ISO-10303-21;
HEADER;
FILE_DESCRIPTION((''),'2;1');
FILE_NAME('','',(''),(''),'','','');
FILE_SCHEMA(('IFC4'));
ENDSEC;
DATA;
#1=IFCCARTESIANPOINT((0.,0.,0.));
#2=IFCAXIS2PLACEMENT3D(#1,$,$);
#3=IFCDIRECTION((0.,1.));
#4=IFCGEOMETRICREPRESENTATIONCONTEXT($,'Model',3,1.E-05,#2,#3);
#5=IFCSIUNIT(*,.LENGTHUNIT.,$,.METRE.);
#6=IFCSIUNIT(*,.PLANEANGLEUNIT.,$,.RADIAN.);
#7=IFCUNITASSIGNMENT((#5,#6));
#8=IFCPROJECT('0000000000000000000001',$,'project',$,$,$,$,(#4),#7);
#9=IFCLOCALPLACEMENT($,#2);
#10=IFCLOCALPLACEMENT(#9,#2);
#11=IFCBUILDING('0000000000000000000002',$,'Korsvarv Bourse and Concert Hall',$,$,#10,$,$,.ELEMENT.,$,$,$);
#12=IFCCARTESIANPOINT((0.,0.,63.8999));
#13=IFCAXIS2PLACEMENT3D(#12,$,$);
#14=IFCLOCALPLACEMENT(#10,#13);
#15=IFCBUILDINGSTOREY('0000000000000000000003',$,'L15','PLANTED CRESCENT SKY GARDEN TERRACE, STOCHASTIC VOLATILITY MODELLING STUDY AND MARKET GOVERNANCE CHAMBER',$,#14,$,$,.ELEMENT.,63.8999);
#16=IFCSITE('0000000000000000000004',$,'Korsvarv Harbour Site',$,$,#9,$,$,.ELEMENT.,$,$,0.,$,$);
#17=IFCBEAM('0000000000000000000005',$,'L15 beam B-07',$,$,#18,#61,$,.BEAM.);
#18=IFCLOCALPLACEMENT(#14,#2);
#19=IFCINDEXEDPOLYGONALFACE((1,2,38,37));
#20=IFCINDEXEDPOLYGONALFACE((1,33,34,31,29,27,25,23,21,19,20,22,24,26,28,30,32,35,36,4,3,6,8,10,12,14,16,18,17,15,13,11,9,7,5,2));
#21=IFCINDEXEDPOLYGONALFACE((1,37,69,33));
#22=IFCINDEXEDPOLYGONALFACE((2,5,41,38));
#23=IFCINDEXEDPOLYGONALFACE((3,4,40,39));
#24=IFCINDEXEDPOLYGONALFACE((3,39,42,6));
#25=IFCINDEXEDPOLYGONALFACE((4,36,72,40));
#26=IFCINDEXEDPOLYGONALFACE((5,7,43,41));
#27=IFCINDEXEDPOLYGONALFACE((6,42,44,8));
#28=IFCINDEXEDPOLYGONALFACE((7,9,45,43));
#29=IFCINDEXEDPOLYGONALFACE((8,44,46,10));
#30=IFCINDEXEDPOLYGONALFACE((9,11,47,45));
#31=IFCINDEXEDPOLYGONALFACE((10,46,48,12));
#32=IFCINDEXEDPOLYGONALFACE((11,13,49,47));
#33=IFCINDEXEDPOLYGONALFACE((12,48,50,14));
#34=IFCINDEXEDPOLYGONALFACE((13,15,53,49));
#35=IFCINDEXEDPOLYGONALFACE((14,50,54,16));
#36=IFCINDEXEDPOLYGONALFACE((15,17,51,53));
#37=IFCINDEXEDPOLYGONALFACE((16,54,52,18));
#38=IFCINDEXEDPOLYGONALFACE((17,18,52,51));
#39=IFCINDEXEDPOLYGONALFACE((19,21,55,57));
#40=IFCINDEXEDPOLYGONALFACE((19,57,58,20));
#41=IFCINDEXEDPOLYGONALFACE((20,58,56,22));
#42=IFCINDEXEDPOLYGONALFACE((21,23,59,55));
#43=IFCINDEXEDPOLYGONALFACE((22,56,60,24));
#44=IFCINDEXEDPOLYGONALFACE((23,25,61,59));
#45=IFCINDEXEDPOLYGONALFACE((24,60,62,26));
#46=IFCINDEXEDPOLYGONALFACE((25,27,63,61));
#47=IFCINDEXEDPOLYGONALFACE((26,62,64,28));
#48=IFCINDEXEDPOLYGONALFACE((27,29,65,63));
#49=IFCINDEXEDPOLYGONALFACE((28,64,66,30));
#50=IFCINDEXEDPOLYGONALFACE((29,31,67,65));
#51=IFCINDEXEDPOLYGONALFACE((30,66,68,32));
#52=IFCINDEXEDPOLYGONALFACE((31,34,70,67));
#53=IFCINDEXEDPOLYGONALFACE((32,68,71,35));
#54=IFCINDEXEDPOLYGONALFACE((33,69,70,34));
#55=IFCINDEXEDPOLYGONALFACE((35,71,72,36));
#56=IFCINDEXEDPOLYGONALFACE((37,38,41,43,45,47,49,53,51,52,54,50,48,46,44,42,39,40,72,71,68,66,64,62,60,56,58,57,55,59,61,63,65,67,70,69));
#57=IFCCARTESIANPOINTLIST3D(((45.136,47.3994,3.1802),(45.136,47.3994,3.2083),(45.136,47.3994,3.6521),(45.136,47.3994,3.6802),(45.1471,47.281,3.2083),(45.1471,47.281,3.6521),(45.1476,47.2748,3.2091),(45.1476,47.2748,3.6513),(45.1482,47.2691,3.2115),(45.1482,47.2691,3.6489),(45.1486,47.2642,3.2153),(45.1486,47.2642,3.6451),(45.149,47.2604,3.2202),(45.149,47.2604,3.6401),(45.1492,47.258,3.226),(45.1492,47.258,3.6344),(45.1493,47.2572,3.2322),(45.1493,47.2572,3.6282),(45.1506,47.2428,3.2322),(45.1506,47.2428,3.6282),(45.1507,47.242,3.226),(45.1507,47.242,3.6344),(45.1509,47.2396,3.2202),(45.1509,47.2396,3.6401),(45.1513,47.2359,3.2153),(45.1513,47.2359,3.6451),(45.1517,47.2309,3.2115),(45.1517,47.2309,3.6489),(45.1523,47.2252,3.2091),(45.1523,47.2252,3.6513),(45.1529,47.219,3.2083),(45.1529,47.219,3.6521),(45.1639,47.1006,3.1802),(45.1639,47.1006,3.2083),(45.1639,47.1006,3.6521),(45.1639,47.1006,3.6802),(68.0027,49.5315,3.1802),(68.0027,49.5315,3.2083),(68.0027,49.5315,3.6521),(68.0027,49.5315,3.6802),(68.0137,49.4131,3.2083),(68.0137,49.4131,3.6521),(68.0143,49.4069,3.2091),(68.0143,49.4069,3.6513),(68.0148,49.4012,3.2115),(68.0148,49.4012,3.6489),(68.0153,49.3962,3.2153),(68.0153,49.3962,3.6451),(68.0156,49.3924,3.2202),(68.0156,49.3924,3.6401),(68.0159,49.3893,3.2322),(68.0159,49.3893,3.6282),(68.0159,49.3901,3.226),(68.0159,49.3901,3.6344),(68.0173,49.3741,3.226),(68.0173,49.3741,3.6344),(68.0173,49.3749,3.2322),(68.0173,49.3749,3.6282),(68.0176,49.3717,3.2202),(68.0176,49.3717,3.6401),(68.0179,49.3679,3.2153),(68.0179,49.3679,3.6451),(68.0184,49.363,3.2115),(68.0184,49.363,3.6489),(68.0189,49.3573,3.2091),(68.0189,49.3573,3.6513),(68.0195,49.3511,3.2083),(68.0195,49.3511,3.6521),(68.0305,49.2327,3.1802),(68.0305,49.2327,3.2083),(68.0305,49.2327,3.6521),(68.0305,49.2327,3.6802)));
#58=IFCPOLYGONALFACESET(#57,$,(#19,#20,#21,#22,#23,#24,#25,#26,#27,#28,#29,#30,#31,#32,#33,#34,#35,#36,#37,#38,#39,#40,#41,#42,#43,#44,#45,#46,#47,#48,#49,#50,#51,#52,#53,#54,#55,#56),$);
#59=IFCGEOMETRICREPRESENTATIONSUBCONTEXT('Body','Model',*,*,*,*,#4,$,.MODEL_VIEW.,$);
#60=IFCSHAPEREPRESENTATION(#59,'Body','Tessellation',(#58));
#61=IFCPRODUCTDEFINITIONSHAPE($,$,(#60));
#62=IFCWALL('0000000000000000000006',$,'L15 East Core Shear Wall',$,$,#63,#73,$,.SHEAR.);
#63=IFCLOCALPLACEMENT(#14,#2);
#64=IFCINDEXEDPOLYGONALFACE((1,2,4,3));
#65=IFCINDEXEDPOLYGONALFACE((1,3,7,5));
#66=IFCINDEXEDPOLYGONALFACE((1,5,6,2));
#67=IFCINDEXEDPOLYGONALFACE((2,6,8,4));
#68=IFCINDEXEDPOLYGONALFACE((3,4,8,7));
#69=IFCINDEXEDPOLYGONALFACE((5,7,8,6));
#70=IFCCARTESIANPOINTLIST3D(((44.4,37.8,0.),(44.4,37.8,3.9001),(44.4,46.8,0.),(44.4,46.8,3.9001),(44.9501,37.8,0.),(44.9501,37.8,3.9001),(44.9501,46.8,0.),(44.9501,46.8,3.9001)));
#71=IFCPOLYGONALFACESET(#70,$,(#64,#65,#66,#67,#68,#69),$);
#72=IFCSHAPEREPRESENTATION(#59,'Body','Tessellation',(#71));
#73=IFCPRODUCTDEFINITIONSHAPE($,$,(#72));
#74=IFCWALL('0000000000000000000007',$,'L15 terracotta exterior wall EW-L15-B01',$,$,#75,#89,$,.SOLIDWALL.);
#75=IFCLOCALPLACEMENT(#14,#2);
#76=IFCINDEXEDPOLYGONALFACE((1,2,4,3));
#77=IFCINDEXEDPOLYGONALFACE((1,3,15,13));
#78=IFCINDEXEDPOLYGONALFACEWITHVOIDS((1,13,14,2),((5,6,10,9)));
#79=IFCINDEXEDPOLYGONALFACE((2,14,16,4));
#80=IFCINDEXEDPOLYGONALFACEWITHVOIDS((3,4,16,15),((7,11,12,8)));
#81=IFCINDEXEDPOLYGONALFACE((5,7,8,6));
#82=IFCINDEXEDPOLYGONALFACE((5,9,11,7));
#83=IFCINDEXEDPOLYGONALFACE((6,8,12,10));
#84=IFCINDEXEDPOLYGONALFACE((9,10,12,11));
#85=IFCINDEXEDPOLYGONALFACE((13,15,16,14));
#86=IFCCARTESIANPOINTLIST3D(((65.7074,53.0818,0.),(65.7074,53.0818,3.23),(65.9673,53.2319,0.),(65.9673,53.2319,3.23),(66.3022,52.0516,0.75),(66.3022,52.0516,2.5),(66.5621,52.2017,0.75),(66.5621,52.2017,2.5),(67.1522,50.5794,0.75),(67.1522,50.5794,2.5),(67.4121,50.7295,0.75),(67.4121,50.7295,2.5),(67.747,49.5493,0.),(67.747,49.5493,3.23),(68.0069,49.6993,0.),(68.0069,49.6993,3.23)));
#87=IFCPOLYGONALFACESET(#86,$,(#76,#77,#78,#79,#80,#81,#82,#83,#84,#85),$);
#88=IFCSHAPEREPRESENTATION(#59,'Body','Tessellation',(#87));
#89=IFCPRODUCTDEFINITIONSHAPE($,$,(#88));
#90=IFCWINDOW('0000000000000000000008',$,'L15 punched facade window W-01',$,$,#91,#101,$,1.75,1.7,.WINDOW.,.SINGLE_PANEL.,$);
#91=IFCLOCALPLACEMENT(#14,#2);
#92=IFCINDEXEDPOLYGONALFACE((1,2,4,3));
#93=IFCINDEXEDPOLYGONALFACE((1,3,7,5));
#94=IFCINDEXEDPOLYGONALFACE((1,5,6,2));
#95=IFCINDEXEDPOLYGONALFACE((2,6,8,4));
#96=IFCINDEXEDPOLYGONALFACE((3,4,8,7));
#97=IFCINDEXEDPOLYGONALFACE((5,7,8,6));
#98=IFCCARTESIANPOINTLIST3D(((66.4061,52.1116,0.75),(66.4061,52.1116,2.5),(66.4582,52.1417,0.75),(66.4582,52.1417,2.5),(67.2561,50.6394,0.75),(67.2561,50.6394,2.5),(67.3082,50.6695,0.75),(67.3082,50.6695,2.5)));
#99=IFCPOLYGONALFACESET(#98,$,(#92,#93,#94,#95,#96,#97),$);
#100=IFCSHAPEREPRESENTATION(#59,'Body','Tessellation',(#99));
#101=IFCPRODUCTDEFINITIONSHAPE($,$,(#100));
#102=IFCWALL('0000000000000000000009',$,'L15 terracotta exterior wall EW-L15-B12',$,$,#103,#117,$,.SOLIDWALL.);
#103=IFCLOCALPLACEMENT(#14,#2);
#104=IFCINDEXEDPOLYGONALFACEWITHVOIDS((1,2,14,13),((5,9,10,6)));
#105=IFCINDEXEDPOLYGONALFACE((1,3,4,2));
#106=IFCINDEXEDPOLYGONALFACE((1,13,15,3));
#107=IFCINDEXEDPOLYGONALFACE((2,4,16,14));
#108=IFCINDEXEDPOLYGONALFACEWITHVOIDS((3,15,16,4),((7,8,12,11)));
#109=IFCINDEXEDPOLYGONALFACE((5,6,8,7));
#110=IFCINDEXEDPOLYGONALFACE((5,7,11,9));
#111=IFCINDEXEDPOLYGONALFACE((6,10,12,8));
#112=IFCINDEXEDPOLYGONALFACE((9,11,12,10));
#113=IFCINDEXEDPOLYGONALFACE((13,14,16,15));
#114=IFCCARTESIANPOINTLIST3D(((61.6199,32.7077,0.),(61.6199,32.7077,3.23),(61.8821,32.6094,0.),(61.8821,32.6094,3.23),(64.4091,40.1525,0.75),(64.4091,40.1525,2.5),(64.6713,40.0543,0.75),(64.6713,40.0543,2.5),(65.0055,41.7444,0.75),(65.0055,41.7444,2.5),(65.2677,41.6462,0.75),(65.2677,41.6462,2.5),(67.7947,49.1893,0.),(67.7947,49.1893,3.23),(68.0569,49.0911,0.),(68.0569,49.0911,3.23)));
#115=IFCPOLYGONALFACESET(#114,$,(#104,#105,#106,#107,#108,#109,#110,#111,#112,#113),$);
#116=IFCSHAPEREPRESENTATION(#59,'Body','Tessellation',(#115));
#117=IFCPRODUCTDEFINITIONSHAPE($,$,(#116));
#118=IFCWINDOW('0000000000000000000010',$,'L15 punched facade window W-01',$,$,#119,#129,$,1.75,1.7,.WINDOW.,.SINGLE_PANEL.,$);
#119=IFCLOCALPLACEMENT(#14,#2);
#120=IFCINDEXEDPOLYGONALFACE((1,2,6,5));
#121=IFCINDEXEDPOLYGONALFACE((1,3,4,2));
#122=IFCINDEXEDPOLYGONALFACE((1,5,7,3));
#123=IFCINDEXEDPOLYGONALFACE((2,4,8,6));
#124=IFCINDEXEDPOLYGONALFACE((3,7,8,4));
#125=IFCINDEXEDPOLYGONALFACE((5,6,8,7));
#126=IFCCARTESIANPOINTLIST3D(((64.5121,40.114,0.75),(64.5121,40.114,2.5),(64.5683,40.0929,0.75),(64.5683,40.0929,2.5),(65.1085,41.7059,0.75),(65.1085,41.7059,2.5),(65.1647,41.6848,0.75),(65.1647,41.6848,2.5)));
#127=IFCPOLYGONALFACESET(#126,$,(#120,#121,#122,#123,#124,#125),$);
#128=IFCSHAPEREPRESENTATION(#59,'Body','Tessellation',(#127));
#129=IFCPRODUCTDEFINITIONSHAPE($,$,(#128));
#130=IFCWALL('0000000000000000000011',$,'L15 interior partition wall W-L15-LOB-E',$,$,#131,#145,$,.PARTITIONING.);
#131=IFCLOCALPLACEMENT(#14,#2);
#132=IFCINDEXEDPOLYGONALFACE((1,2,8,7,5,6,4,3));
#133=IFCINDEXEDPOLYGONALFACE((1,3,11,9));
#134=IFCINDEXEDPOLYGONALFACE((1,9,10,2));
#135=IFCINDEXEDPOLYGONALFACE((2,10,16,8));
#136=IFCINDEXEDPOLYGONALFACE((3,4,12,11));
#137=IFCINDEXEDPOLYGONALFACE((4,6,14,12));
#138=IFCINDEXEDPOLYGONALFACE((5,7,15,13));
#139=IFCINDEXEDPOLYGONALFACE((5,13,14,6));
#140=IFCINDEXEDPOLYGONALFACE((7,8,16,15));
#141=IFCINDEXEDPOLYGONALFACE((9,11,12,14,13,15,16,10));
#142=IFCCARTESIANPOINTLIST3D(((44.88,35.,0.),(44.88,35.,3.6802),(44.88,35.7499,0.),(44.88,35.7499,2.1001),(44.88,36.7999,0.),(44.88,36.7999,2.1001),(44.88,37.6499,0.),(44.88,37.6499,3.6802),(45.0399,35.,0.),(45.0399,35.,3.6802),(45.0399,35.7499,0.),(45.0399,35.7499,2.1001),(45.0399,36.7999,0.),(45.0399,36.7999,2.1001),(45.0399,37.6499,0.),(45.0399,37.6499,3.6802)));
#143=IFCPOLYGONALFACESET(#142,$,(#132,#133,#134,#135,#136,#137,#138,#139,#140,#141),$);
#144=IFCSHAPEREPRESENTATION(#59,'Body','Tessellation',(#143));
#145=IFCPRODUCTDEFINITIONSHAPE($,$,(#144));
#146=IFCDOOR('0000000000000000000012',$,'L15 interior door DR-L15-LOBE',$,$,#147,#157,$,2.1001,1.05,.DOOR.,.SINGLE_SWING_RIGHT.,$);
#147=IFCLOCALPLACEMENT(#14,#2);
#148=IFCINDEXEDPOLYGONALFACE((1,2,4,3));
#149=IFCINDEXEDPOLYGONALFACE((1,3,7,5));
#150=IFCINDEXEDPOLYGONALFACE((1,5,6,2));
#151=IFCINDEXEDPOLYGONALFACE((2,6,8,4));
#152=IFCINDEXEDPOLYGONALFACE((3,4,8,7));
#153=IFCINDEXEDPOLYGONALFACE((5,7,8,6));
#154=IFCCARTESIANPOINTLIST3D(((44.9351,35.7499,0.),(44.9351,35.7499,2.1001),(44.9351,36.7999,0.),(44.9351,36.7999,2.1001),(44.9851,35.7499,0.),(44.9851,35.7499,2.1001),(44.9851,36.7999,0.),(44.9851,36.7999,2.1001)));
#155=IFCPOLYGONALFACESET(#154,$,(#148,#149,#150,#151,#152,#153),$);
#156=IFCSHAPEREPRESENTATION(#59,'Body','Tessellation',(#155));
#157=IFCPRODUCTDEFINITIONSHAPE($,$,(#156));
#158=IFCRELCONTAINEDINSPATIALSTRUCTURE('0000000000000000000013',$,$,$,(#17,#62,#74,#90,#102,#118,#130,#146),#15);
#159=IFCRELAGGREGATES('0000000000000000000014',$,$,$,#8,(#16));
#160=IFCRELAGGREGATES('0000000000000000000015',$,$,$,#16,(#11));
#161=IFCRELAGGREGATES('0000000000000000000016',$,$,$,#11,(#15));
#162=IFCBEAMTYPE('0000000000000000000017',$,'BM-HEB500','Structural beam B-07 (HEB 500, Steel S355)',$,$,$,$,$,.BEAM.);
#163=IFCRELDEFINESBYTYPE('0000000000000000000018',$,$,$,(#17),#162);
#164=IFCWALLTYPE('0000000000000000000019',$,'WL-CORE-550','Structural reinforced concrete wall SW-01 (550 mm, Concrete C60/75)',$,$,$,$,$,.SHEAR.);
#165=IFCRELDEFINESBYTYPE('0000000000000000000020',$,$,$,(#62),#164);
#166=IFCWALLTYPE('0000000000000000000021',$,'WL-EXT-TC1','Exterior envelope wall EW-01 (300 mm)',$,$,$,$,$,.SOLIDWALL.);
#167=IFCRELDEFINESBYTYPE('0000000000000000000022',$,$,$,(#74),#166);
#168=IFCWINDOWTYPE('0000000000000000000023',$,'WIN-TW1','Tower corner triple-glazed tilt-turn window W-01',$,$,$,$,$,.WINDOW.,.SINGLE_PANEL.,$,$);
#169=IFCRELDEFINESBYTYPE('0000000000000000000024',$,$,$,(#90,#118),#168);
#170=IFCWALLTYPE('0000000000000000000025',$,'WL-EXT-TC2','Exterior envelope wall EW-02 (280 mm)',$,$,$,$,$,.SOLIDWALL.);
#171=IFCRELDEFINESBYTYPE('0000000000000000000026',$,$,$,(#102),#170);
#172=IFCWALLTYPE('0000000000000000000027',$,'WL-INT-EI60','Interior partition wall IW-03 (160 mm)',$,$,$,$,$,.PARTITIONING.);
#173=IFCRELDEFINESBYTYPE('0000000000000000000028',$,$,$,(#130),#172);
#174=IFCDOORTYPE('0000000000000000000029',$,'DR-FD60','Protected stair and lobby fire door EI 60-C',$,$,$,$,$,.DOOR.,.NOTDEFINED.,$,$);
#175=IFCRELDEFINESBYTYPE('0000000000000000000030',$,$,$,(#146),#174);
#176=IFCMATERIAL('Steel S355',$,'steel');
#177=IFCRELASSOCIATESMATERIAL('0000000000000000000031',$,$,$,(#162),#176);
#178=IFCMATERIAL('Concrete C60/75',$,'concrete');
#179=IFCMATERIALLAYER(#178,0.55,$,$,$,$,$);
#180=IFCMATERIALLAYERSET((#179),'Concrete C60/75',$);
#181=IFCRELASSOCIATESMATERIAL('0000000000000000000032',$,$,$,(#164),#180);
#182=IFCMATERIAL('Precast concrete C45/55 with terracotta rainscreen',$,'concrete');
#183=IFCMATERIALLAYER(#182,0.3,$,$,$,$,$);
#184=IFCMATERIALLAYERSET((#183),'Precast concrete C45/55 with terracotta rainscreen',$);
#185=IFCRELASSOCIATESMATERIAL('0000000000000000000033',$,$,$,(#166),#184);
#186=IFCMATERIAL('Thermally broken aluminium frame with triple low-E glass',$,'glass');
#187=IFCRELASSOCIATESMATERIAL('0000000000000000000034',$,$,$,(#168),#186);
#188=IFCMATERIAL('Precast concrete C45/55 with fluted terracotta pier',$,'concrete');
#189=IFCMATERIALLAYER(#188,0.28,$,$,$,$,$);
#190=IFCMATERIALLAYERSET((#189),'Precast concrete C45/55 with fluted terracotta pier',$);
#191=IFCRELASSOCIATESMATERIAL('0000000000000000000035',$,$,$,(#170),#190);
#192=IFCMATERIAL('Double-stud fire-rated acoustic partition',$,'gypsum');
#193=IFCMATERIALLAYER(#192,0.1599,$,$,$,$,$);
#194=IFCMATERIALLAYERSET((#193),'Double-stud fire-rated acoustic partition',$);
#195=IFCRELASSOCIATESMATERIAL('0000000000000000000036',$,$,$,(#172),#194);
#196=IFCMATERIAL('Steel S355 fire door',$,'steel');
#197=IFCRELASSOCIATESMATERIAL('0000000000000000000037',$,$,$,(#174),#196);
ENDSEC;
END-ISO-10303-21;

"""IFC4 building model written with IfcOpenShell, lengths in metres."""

from ifc_helpers import new_model, si_unit, direction, frame, frame_2d, origin, origin_2d, place, context, subcontext, project, spatial, rectangle, i_section, extrude, source, transform, mapped, material, layer, layer_set, material_profile, profile_set, type_object, element, fill, save


model = new_model("IFC4")

# Units and contexts
model_context = context("Model", 3, precision=1e-05, world=origin(), true_north=direction((0.0, 1.0)))
body_context = subcontext(model_context, "Body", "Model", "MODEL_VIEW")
ifc_project = project(units=[si_unit("LENGTHUNIT", "METRE"), si_unit("PLANEANGLEUNIT", "RADIAN")], contexts=[model_context])

# Site, building, storey
site_placement = place(None, origin())
site = spatial("IfcSite", under=ifc_project, at=site_placement, Name="Korsvarv Harbour Site", CompositionType="ELEMENT", RefElevation=0.0)
building_placement = place(site_placement, origin())
building = spatial("IfcBuilding", under=site, at=building_placement, Name="Korsvarv Bourse and Concert Hall", CompositionType="ELEMENT")
storey_placement = place(building_placement, frame((0.0, 0.0, 63.8999)))
storey = spatial("IfcBuildingStorey", under=building, at=storey_placement, Name="L15", Description="PLANTED CRESCENT SKY GARDEN TERRACE, STOCHASTIC VOLATILITY MODELLING STUDY AND MARKET GOVERNANCE CHAMBER", CompositionType="ELEMENT", Elevation=63.8999)

# Shared definitions
ifc_material_1 = material(Name="Concrete C60/75", Category="concrete")

# Beam
ifc_material_2 = material(Name="Steel S355", Category="steel")
ifc_material_profile_1 = material_profile(ifc_material_2, i_section(OverallWidth=0.3, OverallDepth=0.5, WebThickness=0.0144, FlangeThickness=0.0281, FilletRadius=0.0239, at=origin_2d()), Name="HEB 500")
ifc_profile_set_1 = profile_set([ifc_material_profile_1], Name="Steel S355")
beam_type_1 = type_object("IfcBeamType", Name="BM-HEB500", Description="Structural beam B-07 (HEB 500, Steel S355)", PredefinedType="BEAM", material=ifc_profile_set_1)
shared_shape_1 = source(origin(), body_context, "Body", "SweptSolid", [
    extrude(i_section(OverallWidth=0.3, OverallDepth=0.5, WebThickness=0.0144, FlangeThickness=0.0281, FilletRadius=0.0239, at=origin_2d()), origin(), (0.0, 0.0, 1.0), 22.9658),
])
beam_1_placement = place(storey_placement, frame((68.0166, 49.3821, 3.4302), z_axis=(-0.995681, -0.092837, 0.0), x_axis=(0.092837, -0.995681, 0.0)))
element("IfcBeam", 1, at=beam_1_placement, inside=storey, type_object=beam_type_1, Name="L15 beam B-07", PredefinedType="BEAM", context=body_context, shape_type="MappedRepresentation", body=[
    mapped(shared_shape_1, transform((0.0, 0.0, 0.0), scale=1.0)),
])

# Wall
ifc_layer_1 = layer(ifc_material_1, 0.55)
ifc_layer_set_1 = layer_set([ifc_layer_1], Name="Concrete C60/75")
wall_type_1 = type_object("IfcWallType", Name="WL-CORE-550", Description="Structural reinforced concrete wall SW-01 (550 mm, Concrete C60/75)", PredefinedType="SHEAR", material=ifc_layer_set_1)
wall_1_placement = place(storey_placement, frame((44.675, 37.8, 0.0), z_axis=(0.0, 0.0, 1.0), x_axis=(0.0, 1.0, 0.0)))
element("IfcWall", 2, at=wall_1_placement, inside=storey, type_object=wall_type_1, Name="L15 East Core Shear Wall", PredefinedType="SHEAR", context=body_context, shape_type="SweptSolid", body=[
    extrude(rectangle(XDim=9.0, YDim=0.55, at=frame_2d((4.5, 0.0))), origin(), (0.0, 0.0, 1.0), 3.9001),
])

# Walls, openings, windows
ifc_material_3 = material(Name="Precast concrete C45/55 with terracotta rainscreen", Category="concrete")
ifc_layer_2 = layer(ifc_material_3, 0.3)
ifc_layer_set_2 = layer_set([ifc_layer_2], Name="Precast concrete C45/55 with terracotta rainscreen")
wall_type_2 = type_object("IfcWallType", Name="WL-EXT-TC1", Description="Exterior envelope wall EW-01 (300 mm)", PredefinedType="SOLIDWALL", material=ifc_layer_set_2)
wall_2_placement = place(storey_placement, frame((67.877, 49.6243, 0.0), z_axis=(0.0, 0.0, 1.0), x_axis=(-0.500014, 0.866017, 0.0)))
wall_2 = element("IfcWall", 3, at=wall_2_placement, inside=storey, type_object=wall_type_2, Name="L15 terracotta exterior wall EW-L15-B01", PredefinedType="SOLIDWALL", context=body_context, shape_type="SweptSolid", body=[
    extrude(rectangle(XDim=4.0791, YDim=0.3, at=frame_2d((2.0396, 0.0))), origin(), (0.0, 0.0, 1.0), 3.23),
])
opening_1_placement = place(wall_2_placement, frame((1.1895, 0.0, 0.75)))
opening_1 = element("IfcOpeningElement", 4, at=opening_1_placement, cuts=wall_2, PredefinedType="OPENING", context=body_context, shape_type="SweptSolid", body=[
    extrude(rectangle(XDim=1.7, YDim=1.75, at=frame_2d((0.8501, 0.875))), frame((0.0, 0.1602, 0.0), z_axis=(0.0, -1.0, 0.0), x_axis=(1.0, 0.0, 0.0)), (0.0, 0.0, 1.0), 0.3201),
])
ifc_material_4 = material(Name="Thermally broken aluminium frame with triple low-E glass", Category="glass")
window_type = type_object("IfcWindowType", Name="WIN-TW1", Description="Tower corner triple-glazed tilt-turn window W-01", PartitioningType="SINGLE_PANEL", PredefinedType="WINDOW", material=ifc_material_4)
window_1_placement = place(opening_1_placement, origin())
window_1 = element("IfcWindow", 5, at=window_1_placement, inside=storey, type_object=window_type, Name="L15 punched facade window W-01", OverallHeight=1.75, OverallWidth=1.7, PartitioningType="SINGLE_PANEL", PredefinedType="WINDOW", context=body_context, shape_type="SweptSolid", body=[
    extrude(rectangle(XDim=1.7, YDim=1.75, at=frame_2d((0.8501, 0.875))), frame((0.0, 0.03, 0.0), z_axis=(0.0, -1.0, 0.0), x_axis=(1.0, 0.0, 0.0)), (0.0, 0.0, 1.0), 0.0601),
])
fill(opening_1, window_1)
ifc_material_5 = material(Name="Precast concrete C45/55 with fluted terracotta pier", Category="concrete")
ifc_layer_3 = layer(ifc_material_5, 0.28)
ifc_layer_set_3 = layer_set([ifc_layer_3], Name="Precast concrete C45/55 with fluted terracotta pier")
wall_type_3 = type_object("IfcWallType", Name="WL-EXT-TC2", Description="Exterior envelope wall EW-02 (280 mm)", PredefinedType="SOLIDWALL", material=ifc_layer_set_3)
wall_3_placement = place(storey_placement, frame((61.751, 32.6584, 0.0), z_axis=(0.0, 0.0, 1.0), x_axis=(0.350833, 0.936438, 0.0)))
wall_3 = element("IfcWall", 6, at=wall_3_placement, inside=storey, type_object=wall_type_3, Name="L15 terracotta exterior wall EW-L15-B12", PredefinedType="SOLIDWALL", context=body_context, shape_type="SweptSolid", body=[
    extrude(rectangle(XDim=17.6003, YDim=0.28, at=frame_2d((8.8003, 0.0))), origin(), (0.0, 0.0, 1.0), 3.23),
])
opening_2_placement = place(wall_3_placement, frame((7.9502, 0.0, 0.75)))
opening_2 = element("IfcOpeningElement", 7, at=opening_2_placement, cuts=wall_3, PredefinedType="OPENING", context=body_context, shape_type="SweptSolid", body=[
    extrude(rectangle(XDim=1.7, YDim=1.75, at=frame_2d((0.8501, 0.875))), frame((0.0, 0.1499, 0.0), z_axis=(0.0, -1.0, 0.0), x_axis=(1.0, 0.0, 0.0)), (0.0, 0.0, 1.0), 0.3),
])
window_2_placement = place(opening_2_placement, origin())
window_2 = element("IfcWindow", 8, at=window_2_placement, inside=storey, type_object=window_type, Name="L15 punched facade window W-01", OverallHeight=1.75, OverallWidth=1.7, PartitioningType="SINGLE_PANEL", PredefinedType="WINDOW", context=body_context, shape_type="SweptSolid", body=[
    extrude(rectangle(XDim=1.7, YDim=1.75, at=frame_2d((0.8501, 0.875))), frame((0.0, 0.03, 0.0), z_axis=(0.0, -1.0, 0.0), x_axis=(1.0, 0.0, 0.0)), (0.0, 0.0, 1.0), 0.0601),
])
fill(opening_2, window_2)

# Wall, opening, door
ifc_material_6 = material(Name="Double-stud fire-rated acoustic partition", Category="gypsum")
ifc_layer_4 = layer(ifc_material_6, 0.1599)
ifc_layer_set_4 = layer_set([ifc_layer_4], Name="Double-stud fire-rated acoustic partition")
wall_type_4 = type_object("IfcWallType", Name="WL-INT-EI60", Description="Interior partition wall IW-03 (160 mm)", PredefinedType="PARTITIONING", material=ifc_layer_set_4)
wall_4_placement = place(storey_placement, frame((44.96, 35.0, 0.0), z_axis=(0.0, 0.0, 1.0), x_axis=(0.0, 1.0, 0.0)))
wall_4 = element("IfcWall", 9, at=wall_4_placement, inside=storey, type_object=wall_type_4, Name="L15 interior partition wall W-L15-LOB-E", PredefinedType="PARTITIONING", context=body_context, shape_type="SweptSolid", body=[
    extrude(rectangle(XDim=2.6499, YDim=0.1599, at=frame_2d((1.325, 0.0))), origin(), (0.0, 0.0, 1.0), 3.6802),
])
opening_3_placement = place(wall_4_placement, frame((0.75, 0.0, 0.0)))
opening_3 = element("IfcOpeningElement", 10, at=opening_3_placement, cuts=wall_4, PredefinedType="OPENING", context=body_context, shape_type="SweptSolid", body=[
    extrude(rectangle(XDim=1.05, YDim=2.1001, at=frame_2d((0.5249, 1.05))), frame((0.0, 0.0898, 0.0), z_axis=(0.0, -1.0, 0.0), x_axis=(1.0, 0.0, 0.0)), (0.0, 0.0, 1.0), 0.1799),
])
ifc_material_7 = material(Name="Steel S355 fire door", Category="steel")
door_type_1 = type_object("IfcDoorType", Name="DR-FD60", Description="Protected stair and lobby fire door EI 60-C", OperationType="NOTDEFINED", PredefinedType="DOOR", material=ifc_material_7)
door_1_placement = place(opening_3_placement, origin())
door_1 = element("IfcDoor", 11, at=door_1_placement, inside=storey, type_object=door_type_1, Name="L15 interior door DR-L15-LOBE", OperationType="SINGLE_SWING_RIGHT", OverallHeight=2.1001, OverallWidth=1.05, PredefinedType="DOOR", context=body_context, shape_type="SweptSolid", body=[
    extrude(rectangle(XDim=1.05, YDim=2.1001, at=frame_2d((0.5249, 1.05))), frame((0.0, 0.0249, 0.0), z_axis=(0.0, -1.0, 0.0), x_axis=(1.0, 0.0, 0.0)), (0.0, 0.0, 1.0), 0.05),
])
fill(opening_3, door_1)

save(model, "model.ifc")
